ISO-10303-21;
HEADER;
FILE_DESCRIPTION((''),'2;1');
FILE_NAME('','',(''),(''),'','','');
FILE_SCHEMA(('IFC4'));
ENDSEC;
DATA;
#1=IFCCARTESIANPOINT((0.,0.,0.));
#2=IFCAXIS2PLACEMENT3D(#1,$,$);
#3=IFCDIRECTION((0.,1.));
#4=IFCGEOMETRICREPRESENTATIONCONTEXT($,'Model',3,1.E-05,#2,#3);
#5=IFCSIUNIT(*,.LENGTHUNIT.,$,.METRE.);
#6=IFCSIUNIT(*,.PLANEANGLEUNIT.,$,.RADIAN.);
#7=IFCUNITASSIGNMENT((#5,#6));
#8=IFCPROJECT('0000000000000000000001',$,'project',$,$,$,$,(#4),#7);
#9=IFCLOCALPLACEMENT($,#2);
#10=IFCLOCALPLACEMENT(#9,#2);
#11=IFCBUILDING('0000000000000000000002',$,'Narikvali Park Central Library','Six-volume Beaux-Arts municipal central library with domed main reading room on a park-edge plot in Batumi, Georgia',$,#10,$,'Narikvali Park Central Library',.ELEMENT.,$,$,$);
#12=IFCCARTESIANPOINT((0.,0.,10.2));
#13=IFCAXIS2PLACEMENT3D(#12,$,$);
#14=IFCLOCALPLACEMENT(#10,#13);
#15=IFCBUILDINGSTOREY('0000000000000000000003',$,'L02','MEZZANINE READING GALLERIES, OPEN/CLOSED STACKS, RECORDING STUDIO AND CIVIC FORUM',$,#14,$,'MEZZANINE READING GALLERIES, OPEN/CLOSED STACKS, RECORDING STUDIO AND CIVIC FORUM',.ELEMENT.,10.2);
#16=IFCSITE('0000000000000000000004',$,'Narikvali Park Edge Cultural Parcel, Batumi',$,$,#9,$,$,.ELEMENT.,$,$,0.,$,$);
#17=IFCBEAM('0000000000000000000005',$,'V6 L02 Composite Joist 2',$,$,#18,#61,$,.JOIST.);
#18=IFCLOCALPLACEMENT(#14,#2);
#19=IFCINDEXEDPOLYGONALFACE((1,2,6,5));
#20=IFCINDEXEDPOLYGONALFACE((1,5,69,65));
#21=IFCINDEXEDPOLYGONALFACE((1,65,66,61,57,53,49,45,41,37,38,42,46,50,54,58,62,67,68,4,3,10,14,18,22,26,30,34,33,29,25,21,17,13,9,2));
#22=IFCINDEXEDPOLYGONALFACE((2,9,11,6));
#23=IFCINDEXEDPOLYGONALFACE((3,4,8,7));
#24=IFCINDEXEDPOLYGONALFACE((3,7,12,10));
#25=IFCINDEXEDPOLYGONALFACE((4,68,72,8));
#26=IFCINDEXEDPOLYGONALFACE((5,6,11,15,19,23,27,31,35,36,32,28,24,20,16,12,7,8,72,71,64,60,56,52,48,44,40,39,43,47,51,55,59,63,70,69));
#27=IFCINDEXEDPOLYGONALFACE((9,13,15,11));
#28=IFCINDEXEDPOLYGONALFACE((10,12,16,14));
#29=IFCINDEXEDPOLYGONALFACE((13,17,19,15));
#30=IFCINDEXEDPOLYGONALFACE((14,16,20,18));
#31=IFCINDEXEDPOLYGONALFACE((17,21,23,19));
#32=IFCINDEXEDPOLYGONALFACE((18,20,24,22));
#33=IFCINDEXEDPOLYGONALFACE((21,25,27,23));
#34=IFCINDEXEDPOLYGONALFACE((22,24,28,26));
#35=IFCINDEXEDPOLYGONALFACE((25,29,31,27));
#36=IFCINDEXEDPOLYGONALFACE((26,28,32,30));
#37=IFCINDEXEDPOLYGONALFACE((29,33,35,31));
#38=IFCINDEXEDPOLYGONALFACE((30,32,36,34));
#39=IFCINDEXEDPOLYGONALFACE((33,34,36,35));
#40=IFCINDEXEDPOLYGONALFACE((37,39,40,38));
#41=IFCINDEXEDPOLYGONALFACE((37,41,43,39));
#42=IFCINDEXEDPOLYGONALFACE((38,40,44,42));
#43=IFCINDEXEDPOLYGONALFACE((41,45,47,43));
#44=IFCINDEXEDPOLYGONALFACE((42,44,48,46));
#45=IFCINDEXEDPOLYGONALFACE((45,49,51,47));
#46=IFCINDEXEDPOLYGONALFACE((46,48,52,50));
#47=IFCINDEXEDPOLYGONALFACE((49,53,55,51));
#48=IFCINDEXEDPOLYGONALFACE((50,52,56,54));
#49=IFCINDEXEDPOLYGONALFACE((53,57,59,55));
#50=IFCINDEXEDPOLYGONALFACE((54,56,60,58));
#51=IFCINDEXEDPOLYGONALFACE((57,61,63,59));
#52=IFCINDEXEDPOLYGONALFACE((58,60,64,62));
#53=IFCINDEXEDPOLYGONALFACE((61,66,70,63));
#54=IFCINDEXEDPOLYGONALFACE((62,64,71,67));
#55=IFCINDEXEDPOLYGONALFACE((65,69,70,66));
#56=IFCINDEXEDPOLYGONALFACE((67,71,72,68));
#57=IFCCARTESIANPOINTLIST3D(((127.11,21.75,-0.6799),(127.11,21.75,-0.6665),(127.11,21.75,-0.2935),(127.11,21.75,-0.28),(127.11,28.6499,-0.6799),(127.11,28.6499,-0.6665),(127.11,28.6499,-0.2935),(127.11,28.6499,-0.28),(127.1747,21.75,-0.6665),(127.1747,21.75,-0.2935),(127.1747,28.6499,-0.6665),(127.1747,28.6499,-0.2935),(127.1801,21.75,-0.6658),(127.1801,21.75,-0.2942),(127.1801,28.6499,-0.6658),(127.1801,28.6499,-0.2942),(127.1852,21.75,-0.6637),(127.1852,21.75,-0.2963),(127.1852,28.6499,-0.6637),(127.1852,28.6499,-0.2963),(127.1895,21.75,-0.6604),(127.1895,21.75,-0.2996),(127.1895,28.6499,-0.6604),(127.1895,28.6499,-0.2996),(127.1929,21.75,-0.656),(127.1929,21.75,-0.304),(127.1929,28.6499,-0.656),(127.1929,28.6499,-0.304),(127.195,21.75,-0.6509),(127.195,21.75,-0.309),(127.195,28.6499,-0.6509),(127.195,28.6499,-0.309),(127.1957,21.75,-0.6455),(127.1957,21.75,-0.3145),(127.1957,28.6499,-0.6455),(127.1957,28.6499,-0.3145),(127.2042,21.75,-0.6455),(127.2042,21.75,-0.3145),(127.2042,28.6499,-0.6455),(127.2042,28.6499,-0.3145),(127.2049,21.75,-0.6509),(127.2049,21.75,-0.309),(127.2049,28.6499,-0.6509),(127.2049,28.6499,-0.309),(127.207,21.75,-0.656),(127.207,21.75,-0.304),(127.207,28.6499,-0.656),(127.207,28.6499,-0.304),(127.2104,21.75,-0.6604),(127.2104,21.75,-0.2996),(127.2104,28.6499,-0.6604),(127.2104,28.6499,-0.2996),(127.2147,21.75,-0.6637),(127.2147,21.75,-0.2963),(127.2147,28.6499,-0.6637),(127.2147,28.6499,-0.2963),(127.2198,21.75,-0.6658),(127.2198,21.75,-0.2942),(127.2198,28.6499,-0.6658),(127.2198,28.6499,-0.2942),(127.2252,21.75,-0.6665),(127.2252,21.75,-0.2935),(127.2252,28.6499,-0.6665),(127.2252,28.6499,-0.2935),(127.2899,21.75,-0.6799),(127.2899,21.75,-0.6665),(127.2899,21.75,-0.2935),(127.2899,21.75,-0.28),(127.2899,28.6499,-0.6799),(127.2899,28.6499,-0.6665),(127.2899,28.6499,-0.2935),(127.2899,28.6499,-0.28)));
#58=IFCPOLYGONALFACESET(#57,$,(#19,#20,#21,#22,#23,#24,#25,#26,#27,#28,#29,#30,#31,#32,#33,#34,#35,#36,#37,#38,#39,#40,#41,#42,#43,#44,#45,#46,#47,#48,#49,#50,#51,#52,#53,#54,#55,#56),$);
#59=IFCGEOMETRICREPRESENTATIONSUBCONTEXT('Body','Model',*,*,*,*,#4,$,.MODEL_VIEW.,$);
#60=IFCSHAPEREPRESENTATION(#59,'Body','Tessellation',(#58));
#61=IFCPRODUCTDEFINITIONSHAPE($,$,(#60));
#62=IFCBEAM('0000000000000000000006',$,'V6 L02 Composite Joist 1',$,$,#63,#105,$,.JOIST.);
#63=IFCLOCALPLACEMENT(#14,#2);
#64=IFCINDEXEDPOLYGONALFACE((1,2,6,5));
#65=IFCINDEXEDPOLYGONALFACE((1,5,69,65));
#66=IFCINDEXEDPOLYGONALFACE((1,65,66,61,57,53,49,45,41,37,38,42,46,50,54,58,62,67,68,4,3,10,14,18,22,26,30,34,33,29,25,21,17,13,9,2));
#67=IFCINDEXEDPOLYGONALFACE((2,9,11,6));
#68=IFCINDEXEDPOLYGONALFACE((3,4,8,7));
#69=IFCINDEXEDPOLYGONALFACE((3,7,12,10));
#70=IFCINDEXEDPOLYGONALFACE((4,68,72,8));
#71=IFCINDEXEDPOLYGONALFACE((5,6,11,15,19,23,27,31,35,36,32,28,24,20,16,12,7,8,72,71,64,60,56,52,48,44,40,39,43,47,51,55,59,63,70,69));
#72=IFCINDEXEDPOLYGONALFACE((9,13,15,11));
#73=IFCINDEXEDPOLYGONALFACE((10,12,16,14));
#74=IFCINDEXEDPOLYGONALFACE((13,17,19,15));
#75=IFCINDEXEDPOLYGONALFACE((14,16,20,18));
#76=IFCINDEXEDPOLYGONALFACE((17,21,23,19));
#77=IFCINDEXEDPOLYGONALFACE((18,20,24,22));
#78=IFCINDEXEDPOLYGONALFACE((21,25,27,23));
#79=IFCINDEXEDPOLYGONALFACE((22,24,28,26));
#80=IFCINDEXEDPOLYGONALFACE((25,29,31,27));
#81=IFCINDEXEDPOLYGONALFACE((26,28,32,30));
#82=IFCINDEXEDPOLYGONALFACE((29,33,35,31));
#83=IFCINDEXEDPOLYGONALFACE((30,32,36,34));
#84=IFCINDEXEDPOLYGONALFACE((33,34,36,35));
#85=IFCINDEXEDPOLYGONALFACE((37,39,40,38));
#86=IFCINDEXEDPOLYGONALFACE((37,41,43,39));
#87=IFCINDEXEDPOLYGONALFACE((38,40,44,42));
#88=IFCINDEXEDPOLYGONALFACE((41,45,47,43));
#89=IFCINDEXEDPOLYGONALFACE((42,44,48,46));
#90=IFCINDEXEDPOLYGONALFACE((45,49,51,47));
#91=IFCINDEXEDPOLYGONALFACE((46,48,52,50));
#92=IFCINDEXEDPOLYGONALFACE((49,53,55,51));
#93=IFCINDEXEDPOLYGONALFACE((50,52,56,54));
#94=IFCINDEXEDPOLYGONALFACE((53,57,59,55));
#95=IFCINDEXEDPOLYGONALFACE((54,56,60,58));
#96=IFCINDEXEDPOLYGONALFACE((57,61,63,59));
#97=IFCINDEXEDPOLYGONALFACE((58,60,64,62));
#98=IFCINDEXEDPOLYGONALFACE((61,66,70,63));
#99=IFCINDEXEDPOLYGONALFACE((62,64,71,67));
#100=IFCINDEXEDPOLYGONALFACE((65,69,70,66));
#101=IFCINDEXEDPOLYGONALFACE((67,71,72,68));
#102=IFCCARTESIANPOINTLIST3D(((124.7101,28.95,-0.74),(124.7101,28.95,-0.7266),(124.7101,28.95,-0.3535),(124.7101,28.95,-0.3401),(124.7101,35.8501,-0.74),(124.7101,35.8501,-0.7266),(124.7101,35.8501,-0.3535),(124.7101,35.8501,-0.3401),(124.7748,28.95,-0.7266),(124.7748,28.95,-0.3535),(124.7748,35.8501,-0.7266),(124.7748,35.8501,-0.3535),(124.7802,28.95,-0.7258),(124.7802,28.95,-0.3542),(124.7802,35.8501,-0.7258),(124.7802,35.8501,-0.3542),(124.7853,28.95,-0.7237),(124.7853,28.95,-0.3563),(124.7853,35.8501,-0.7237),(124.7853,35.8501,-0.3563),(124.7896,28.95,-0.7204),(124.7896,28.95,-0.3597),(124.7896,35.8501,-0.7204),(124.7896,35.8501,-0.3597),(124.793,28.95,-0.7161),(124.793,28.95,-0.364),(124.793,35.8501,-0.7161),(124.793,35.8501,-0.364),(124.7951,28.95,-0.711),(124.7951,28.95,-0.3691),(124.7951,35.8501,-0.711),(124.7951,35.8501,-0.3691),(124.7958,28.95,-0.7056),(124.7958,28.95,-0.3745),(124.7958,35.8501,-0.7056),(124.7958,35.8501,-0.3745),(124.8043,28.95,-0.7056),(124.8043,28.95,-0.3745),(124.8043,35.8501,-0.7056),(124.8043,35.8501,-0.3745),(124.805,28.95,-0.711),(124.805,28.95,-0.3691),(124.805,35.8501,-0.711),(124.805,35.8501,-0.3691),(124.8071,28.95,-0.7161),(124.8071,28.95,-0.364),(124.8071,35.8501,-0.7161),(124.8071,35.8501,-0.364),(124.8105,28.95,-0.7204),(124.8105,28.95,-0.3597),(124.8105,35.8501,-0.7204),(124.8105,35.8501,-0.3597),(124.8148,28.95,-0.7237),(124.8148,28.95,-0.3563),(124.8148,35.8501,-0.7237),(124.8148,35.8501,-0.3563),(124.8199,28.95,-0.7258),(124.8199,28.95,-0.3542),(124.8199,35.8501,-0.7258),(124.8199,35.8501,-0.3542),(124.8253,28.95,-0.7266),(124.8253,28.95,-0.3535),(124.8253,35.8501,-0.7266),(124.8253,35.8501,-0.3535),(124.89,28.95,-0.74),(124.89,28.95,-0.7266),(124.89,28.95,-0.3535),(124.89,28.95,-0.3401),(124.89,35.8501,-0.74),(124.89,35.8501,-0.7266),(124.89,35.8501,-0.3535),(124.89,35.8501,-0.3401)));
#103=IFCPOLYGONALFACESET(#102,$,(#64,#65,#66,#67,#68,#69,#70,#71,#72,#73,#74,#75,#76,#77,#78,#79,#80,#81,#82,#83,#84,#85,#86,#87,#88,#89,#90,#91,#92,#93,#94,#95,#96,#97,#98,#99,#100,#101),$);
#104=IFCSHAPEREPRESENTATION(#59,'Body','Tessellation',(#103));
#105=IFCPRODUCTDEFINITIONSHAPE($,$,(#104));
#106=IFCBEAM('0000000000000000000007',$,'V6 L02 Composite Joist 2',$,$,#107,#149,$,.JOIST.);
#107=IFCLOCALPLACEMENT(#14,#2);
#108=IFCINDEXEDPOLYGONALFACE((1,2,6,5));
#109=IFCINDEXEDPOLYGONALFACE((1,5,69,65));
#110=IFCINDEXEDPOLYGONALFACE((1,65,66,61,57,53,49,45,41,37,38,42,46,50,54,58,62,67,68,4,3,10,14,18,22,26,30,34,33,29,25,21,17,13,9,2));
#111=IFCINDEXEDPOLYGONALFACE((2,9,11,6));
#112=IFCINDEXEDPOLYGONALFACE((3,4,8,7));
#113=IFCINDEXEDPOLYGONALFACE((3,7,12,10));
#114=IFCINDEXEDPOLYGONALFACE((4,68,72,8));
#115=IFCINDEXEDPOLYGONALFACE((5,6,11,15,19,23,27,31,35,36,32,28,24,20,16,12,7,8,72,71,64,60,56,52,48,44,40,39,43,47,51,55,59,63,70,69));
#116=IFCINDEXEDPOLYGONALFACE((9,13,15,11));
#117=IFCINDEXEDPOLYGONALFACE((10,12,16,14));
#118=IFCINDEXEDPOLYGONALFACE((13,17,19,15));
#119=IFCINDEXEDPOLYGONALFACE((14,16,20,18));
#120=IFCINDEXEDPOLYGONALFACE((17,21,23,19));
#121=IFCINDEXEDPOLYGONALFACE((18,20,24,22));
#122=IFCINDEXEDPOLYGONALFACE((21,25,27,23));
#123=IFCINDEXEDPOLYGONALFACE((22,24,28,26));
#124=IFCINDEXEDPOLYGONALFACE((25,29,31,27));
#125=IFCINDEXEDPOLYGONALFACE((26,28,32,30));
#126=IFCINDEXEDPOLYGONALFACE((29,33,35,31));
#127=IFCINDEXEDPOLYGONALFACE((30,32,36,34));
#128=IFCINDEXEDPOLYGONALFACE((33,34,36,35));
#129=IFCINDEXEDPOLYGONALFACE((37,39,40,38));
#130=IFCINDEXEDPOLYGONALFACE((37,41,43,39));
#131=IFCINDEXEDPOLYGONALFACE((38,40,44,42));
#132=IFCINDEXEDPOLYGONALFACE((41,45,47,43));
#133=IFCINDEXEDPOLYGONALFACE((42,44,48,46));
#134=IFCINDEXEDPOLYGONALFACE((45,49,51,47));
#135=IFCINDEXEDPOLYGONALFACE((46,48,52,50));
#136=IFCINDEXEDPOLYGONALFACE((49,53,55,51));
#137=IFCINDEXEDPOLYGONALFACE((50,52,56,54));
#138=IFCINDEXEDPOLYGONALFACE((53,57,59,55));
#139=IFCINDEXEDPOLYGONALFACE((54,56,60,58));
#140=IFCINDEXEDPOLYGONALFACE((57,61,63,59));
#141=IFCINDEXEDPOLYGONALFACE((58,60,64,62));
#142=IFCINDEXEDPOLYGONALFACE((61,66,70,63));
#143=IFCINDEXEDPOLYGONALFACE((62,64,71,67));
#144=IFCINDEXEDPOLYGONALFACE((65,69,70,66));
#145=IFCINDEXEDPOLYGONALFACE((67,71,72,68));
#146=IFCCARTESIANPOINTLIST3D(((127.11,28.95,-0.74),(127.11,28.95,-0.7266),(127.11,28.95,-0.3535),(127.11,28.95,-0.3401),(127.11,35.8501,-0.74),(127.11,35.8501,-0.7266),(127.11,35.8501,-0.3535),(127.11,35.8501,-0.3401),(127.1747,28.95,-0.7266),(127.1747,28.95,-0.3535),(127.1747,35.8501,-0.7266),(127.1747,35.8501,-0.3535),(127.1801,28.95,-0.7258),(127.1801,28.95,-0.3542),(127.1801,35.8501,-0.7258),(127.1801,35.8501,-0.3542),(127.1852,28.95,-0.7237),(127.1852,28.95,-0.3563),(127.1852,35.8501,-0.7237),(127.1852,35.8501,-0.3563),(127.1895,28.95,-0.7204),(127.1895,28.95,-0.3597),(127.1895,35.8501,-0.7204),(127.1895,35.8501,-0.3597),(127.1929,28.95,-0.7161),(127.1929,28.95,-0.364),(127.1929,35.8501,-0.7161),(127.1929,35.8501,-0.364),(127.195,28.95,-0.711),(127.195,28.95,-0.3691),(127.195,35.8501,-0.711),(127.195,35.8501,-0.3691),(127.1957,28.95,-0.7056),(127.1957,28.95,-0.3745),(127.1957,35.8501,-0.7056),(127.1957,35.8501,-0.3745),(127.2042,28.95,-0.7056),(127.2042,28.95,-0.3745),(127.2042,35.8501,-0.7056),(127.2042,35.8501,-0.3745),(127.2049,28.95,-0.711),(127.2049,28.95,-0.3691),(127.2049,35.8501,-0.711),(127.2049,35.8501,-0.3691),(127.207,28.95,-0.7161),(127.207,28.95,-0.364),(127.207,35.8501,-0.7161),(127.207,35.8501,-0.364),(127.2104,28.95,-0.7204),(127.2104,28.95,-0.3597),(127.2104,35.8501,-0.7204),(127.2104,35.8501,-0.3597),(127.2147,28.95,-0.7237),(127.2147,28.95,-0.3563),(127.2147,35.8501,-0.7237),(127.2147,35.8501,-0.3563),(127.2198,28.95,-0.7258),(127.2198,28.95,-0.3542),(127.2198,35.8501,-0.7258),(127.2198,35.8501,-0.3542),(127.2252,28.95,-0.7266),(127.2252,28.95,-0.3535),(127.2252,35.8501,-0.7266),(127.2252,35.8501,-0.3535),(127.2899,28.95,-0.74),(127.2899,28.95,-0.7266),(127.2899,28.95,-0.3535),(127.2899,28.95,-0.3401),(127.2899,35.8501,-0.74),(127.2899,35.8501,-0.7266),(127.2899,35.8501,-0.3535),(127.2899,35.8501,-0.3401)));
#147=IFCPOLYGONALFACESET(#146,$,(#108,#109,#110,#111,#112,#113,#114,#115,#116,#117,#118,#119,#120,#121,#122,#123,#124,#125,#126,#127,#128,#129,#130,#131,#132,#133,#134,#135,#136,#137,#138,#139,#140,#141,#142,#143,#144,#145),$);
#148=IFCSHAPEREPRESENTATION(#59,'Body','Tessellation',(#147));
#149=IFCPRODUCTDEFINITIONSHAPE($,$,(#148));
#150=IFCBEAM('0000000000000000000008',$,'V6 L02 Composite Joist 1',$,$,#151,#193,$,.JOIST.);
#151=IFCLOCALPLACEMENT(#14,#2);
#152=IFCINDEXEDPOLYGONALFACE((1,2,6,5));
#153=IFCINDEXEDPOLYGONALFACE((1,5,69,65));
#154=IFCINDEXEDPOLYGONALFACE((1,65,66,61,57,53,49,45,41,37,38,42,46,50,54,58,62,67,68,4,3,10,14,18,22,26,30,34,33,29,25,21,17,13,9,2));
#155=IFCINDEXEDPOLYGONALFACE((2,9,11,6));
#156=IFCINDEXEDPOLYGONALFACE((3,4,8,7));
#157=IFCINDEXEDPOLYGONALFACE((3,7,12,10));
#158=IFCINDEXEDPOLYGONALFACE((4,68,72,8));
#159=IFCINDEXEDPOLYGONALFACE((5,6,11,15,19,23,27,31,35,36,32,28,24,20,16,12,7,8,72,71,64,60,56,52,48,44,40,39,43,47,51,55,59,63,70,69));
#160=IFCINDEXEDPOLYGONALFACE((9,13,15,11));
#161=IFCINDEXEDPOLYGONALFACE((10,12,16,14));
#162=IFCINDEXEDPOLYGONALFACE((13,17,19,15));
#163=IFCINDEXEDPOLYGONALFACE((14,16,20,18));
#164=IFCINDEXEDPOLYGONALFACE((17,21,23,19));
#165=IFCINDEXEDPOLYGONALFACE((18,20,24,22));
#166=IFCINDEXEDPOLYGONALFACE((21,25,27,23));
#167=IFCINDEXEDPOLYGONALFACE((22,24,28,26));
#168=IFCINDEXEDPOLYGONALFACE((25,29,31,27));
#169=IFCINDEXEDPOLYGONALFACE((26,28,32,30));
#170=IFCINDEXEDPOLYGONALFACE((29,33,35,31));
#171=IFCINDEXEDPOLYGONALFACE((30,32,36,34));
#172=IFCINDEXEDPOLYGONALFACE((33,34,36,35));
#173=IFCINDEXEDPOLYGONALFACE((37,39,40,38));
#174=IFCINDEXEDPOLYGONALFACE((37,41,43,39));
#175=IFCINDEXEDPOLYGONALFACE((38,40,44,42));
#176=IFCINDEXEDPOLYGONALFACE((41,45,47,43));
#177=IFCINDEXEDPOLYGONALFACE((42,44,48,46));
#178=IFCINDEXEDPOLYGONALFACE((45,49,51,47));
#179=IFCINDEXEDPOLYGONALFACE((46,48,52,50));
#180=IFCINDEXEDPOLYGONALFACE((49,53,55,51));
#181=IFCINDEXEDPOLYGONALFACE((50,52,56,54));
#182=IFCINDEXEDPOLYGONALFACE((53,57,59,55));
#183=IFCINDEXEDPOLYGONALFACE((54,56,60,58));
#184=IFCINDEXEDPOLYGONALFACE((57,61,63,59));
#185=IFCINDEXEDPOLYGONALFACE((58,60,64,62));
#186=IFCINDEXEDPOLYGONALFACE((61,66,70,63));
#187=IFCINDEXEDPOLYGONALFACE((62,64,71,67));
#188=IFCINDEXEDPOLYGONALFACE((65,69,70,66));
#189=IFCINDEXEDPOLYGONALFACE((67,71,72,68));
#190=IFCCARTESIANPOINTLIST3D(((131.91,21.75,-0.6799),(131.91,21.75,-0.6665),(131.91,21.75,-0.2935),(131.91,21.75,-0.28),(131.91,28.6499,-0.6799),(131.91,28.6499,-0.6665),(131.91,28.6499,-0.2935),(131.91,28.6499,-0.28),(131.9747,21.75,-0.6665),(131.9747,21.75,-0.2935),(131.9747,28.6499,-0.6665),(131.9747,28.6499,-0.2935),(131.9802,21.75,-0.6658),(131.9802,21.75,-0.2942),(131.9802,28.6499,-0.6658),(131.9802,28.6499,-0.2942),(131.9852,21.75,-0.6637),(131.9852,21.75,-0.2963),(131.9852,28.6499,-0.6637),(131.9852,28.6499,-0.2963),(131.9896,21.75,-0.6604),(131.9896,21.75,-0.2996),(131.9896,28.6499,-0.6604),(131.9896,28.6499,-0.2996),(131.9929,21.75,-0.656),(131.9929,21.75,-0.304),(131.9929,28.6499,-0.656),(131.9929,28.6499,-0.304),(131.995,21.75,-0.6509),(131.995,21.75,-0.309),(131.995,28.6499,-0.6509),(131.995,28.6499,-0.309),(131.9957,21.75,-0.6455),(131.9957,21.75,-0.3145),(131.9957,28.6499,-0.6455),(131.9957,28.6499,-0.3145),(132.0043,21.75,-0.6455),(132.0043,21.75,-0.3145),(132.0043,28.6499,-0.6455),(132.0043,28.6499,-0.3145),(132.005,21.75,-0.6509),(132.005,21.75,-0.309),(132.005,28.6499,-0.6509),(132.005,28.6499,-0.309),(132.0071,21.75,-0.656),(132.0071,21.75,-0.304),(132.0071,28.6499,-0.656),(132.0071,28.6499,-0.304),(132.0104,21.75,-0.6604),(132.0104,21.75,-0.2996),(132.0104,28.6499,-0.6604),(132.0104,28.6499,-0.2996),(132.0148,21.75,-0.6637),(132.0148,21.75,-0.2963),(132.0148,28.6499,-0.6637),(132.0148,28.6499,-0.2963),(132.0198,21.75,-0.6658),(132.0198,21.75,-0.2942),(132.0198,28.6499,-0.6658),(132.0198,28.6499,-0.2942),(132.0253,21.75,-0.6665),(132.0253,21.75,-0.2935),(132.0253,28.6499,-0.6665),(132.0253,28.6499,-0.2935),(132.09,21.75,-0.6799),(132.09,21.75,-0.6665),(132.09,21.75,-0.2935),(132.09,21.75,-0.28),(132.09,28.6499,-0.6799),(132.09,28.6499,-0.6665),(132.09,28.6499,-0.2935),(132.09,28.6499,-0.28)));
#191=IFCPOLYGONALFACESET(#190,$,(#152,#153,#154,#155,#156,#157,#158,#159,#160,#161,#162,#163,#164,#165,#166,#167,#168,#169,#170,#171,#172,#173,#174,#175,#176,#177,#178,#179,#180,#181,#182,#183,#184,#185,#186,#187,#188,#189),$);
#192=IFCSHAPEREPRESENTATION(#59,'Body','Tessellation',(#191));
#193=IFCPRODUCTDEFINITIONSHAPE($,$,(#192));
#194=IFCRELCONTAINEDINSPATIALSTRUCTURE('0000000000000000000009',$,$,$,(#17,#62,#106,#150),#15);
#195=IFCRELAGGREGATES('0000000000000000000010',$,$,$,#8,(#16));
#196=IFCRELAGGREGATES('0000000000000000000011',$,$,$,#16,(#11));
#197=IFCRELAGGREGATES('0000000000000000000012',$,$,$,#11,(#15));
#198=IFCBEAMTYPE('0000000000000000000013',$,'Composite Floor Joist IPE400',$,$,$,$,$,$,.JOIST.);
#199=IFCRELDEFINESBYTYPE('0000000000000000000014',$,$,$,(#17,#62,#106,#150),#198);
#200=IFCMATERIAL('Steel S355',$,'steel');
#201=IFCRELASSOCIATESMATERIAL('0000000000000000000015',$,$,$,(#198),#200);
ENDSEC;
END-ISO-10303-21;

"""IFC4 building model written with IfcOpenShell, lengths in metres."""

from ifc_helpers import new_model, si_unit, direction, frame, origin, origin_2d, place, context, subcontext, project, spatial, i_section, extrude, material, material_profile, profile_set, type_object, element, save


model = new_model("IFC4")

# Units and contexts
model_context = context("Model", 3, precision=1e-05, world=origin(), true_north=direction((0.0, 1.0)))
body_context = subcontext(model_context, "Body", "Model", "MODEL_VIEW")
ifc_project = project(units=[si_unit("LENGTHUNIT", "METRE"), si_unit("PLANEANGLEUNIT", "RADIAN")], contexts=[model_context])

# Site, building, storey
site_placement = place(None, origin())
site = spatial("IfcSite", under=ifc_project, at=site_placement, Name="Narikvali Park Edge Cultural Parcel, Batumi", CompositionType="ELEMENT", RefElevation=0.0)
building_placement = place(site_placement, origin())
building = spatial("IfcBuilding", under=site, at=building_placement, Name="Narikvali Park Central Library", Description="Six-volume Beaux-Arts municipal central library with domed main reading room on a park-edge plot in Batumi, Georgia", LongName="Narikvali Park Central Library", CompositionType="ELEMENT")
storey_placement = place(building_placement, frame((0.0, 0.0, 10.2)))
storey = spatial("IfcBuildingStorey", under=building, at=storey_placement, Name="L02", Description="MEZZANINE READING GALLERIES, OPEN/CLOSED STACKS, RECORDING STUDIO AND CIVIC FORUM", LongName="MEZZANINE READING GALLERIES, OPEN/CLOSED STACKS, RECORDING STUDIO AND CIVIC FORUM", CompositionType="ELEMENT", Elevation=10.2)

# Shared definitions
ifc_material_1 = material(Name="Steel S355", Category="steel")

# Beams
ifc_material_profile_1 = material_profile(ifc_material_1, i_section(OverallWidth=0.1799, OverallDepth=0.3999, WebThickness=0.0085, FlangeThickness=0.0134, FilletRadius=0.021, at=origin_2d()), Name="IPE 400")
ifc_profile_set_1 = profile_set([ifc_material_profile_1], Name="Steel S355")
beam_type_1 = type_object("IfcBeamType", Name="Composite Floor Joist IPE400", PredefinedType="JOIST", material=ifc_profile_set_1)
for number, where, z_axis, x_axis, name in (
    (1, (127.2, 21.75, -0.48), (0.0, 1.0, 0.0), (-1.0, 0.0, 0.0), "V6 L02 Composite Joist 2"),
):
    element("IfcBeam", number, at=place(storey_placement, frame(where, z_axis=z_axis, x_axis=x_axis)), inside=storey, type_object=beam_type_1, Name=name, PredefinedType="JOIST", context=body_context, shape_type="SweptSolid", body=[
        extrude(i_section(OverallWidth=0.1799, OverallDepth=0.3999, WebThickness=0.0085, FlangeThickness=0.0134, FilletRadius=0.021, at=origin_2d()), origin(), (0.0, 0.0, 1.0), 6.8999),
    ])
for number, where, z_axis, x_axis, name in (
    (2, (124.8, 28.95, -0.54), (0.0, 1.0, 0.0), (-1.0, 0.0, 0.0), "V6 L02 Composite Joist 1"),
    (3, (127.2, 28.95, -0.54), (0.0, 1.0, 0.0), (-1.0, 0.0, 0.0), "V6 L02 Composite Joist 2"),
):
    element("IfcBeam", number, at=place(storey_placement, frame(where, z_axis=z_axis, x_axis=x_axis)), inside=storey, type_object=beam_type_1, Name=name, PredefinedType="JOIST", context=body_context, shape_type="SweptSolid", body=[
        extrude(i_section(OverallWidth=0.1799, OverallDepth=0.3999, WebThickness=0.0085, FlangeThickness=0.0134, FilletRadius=0.021, at=origin_2d()), origin(), (0.0, 0.0, 1.0), 6.9001),
    ])
beam_1_placement = place(storey_placement, frame((132.0, 21.75, -0.48), z_axis=(0.0, 1.0, 0.0), x_axis=(-1.0, 0.0, 0.0)))
element("IfcBeam", 4, at=beam_1_placement, inside=storey, type_object=beam_type_1, Name="V6 L02 Composite Joist 1", PredefinedType="JOIST", context=body_context, shape_type="SweptSolid", body=[
    extrude(i_section(OverallWidth=0.1799, OverallDepth=0.3999, WebThickness=0.0085, FlangeThickness=0.0134, FilletRadius=0.021, at=origin_2d()), origin(), (0.0, 0.0, 1.0), 6.8999),
])

save(model, "model.ifc")
